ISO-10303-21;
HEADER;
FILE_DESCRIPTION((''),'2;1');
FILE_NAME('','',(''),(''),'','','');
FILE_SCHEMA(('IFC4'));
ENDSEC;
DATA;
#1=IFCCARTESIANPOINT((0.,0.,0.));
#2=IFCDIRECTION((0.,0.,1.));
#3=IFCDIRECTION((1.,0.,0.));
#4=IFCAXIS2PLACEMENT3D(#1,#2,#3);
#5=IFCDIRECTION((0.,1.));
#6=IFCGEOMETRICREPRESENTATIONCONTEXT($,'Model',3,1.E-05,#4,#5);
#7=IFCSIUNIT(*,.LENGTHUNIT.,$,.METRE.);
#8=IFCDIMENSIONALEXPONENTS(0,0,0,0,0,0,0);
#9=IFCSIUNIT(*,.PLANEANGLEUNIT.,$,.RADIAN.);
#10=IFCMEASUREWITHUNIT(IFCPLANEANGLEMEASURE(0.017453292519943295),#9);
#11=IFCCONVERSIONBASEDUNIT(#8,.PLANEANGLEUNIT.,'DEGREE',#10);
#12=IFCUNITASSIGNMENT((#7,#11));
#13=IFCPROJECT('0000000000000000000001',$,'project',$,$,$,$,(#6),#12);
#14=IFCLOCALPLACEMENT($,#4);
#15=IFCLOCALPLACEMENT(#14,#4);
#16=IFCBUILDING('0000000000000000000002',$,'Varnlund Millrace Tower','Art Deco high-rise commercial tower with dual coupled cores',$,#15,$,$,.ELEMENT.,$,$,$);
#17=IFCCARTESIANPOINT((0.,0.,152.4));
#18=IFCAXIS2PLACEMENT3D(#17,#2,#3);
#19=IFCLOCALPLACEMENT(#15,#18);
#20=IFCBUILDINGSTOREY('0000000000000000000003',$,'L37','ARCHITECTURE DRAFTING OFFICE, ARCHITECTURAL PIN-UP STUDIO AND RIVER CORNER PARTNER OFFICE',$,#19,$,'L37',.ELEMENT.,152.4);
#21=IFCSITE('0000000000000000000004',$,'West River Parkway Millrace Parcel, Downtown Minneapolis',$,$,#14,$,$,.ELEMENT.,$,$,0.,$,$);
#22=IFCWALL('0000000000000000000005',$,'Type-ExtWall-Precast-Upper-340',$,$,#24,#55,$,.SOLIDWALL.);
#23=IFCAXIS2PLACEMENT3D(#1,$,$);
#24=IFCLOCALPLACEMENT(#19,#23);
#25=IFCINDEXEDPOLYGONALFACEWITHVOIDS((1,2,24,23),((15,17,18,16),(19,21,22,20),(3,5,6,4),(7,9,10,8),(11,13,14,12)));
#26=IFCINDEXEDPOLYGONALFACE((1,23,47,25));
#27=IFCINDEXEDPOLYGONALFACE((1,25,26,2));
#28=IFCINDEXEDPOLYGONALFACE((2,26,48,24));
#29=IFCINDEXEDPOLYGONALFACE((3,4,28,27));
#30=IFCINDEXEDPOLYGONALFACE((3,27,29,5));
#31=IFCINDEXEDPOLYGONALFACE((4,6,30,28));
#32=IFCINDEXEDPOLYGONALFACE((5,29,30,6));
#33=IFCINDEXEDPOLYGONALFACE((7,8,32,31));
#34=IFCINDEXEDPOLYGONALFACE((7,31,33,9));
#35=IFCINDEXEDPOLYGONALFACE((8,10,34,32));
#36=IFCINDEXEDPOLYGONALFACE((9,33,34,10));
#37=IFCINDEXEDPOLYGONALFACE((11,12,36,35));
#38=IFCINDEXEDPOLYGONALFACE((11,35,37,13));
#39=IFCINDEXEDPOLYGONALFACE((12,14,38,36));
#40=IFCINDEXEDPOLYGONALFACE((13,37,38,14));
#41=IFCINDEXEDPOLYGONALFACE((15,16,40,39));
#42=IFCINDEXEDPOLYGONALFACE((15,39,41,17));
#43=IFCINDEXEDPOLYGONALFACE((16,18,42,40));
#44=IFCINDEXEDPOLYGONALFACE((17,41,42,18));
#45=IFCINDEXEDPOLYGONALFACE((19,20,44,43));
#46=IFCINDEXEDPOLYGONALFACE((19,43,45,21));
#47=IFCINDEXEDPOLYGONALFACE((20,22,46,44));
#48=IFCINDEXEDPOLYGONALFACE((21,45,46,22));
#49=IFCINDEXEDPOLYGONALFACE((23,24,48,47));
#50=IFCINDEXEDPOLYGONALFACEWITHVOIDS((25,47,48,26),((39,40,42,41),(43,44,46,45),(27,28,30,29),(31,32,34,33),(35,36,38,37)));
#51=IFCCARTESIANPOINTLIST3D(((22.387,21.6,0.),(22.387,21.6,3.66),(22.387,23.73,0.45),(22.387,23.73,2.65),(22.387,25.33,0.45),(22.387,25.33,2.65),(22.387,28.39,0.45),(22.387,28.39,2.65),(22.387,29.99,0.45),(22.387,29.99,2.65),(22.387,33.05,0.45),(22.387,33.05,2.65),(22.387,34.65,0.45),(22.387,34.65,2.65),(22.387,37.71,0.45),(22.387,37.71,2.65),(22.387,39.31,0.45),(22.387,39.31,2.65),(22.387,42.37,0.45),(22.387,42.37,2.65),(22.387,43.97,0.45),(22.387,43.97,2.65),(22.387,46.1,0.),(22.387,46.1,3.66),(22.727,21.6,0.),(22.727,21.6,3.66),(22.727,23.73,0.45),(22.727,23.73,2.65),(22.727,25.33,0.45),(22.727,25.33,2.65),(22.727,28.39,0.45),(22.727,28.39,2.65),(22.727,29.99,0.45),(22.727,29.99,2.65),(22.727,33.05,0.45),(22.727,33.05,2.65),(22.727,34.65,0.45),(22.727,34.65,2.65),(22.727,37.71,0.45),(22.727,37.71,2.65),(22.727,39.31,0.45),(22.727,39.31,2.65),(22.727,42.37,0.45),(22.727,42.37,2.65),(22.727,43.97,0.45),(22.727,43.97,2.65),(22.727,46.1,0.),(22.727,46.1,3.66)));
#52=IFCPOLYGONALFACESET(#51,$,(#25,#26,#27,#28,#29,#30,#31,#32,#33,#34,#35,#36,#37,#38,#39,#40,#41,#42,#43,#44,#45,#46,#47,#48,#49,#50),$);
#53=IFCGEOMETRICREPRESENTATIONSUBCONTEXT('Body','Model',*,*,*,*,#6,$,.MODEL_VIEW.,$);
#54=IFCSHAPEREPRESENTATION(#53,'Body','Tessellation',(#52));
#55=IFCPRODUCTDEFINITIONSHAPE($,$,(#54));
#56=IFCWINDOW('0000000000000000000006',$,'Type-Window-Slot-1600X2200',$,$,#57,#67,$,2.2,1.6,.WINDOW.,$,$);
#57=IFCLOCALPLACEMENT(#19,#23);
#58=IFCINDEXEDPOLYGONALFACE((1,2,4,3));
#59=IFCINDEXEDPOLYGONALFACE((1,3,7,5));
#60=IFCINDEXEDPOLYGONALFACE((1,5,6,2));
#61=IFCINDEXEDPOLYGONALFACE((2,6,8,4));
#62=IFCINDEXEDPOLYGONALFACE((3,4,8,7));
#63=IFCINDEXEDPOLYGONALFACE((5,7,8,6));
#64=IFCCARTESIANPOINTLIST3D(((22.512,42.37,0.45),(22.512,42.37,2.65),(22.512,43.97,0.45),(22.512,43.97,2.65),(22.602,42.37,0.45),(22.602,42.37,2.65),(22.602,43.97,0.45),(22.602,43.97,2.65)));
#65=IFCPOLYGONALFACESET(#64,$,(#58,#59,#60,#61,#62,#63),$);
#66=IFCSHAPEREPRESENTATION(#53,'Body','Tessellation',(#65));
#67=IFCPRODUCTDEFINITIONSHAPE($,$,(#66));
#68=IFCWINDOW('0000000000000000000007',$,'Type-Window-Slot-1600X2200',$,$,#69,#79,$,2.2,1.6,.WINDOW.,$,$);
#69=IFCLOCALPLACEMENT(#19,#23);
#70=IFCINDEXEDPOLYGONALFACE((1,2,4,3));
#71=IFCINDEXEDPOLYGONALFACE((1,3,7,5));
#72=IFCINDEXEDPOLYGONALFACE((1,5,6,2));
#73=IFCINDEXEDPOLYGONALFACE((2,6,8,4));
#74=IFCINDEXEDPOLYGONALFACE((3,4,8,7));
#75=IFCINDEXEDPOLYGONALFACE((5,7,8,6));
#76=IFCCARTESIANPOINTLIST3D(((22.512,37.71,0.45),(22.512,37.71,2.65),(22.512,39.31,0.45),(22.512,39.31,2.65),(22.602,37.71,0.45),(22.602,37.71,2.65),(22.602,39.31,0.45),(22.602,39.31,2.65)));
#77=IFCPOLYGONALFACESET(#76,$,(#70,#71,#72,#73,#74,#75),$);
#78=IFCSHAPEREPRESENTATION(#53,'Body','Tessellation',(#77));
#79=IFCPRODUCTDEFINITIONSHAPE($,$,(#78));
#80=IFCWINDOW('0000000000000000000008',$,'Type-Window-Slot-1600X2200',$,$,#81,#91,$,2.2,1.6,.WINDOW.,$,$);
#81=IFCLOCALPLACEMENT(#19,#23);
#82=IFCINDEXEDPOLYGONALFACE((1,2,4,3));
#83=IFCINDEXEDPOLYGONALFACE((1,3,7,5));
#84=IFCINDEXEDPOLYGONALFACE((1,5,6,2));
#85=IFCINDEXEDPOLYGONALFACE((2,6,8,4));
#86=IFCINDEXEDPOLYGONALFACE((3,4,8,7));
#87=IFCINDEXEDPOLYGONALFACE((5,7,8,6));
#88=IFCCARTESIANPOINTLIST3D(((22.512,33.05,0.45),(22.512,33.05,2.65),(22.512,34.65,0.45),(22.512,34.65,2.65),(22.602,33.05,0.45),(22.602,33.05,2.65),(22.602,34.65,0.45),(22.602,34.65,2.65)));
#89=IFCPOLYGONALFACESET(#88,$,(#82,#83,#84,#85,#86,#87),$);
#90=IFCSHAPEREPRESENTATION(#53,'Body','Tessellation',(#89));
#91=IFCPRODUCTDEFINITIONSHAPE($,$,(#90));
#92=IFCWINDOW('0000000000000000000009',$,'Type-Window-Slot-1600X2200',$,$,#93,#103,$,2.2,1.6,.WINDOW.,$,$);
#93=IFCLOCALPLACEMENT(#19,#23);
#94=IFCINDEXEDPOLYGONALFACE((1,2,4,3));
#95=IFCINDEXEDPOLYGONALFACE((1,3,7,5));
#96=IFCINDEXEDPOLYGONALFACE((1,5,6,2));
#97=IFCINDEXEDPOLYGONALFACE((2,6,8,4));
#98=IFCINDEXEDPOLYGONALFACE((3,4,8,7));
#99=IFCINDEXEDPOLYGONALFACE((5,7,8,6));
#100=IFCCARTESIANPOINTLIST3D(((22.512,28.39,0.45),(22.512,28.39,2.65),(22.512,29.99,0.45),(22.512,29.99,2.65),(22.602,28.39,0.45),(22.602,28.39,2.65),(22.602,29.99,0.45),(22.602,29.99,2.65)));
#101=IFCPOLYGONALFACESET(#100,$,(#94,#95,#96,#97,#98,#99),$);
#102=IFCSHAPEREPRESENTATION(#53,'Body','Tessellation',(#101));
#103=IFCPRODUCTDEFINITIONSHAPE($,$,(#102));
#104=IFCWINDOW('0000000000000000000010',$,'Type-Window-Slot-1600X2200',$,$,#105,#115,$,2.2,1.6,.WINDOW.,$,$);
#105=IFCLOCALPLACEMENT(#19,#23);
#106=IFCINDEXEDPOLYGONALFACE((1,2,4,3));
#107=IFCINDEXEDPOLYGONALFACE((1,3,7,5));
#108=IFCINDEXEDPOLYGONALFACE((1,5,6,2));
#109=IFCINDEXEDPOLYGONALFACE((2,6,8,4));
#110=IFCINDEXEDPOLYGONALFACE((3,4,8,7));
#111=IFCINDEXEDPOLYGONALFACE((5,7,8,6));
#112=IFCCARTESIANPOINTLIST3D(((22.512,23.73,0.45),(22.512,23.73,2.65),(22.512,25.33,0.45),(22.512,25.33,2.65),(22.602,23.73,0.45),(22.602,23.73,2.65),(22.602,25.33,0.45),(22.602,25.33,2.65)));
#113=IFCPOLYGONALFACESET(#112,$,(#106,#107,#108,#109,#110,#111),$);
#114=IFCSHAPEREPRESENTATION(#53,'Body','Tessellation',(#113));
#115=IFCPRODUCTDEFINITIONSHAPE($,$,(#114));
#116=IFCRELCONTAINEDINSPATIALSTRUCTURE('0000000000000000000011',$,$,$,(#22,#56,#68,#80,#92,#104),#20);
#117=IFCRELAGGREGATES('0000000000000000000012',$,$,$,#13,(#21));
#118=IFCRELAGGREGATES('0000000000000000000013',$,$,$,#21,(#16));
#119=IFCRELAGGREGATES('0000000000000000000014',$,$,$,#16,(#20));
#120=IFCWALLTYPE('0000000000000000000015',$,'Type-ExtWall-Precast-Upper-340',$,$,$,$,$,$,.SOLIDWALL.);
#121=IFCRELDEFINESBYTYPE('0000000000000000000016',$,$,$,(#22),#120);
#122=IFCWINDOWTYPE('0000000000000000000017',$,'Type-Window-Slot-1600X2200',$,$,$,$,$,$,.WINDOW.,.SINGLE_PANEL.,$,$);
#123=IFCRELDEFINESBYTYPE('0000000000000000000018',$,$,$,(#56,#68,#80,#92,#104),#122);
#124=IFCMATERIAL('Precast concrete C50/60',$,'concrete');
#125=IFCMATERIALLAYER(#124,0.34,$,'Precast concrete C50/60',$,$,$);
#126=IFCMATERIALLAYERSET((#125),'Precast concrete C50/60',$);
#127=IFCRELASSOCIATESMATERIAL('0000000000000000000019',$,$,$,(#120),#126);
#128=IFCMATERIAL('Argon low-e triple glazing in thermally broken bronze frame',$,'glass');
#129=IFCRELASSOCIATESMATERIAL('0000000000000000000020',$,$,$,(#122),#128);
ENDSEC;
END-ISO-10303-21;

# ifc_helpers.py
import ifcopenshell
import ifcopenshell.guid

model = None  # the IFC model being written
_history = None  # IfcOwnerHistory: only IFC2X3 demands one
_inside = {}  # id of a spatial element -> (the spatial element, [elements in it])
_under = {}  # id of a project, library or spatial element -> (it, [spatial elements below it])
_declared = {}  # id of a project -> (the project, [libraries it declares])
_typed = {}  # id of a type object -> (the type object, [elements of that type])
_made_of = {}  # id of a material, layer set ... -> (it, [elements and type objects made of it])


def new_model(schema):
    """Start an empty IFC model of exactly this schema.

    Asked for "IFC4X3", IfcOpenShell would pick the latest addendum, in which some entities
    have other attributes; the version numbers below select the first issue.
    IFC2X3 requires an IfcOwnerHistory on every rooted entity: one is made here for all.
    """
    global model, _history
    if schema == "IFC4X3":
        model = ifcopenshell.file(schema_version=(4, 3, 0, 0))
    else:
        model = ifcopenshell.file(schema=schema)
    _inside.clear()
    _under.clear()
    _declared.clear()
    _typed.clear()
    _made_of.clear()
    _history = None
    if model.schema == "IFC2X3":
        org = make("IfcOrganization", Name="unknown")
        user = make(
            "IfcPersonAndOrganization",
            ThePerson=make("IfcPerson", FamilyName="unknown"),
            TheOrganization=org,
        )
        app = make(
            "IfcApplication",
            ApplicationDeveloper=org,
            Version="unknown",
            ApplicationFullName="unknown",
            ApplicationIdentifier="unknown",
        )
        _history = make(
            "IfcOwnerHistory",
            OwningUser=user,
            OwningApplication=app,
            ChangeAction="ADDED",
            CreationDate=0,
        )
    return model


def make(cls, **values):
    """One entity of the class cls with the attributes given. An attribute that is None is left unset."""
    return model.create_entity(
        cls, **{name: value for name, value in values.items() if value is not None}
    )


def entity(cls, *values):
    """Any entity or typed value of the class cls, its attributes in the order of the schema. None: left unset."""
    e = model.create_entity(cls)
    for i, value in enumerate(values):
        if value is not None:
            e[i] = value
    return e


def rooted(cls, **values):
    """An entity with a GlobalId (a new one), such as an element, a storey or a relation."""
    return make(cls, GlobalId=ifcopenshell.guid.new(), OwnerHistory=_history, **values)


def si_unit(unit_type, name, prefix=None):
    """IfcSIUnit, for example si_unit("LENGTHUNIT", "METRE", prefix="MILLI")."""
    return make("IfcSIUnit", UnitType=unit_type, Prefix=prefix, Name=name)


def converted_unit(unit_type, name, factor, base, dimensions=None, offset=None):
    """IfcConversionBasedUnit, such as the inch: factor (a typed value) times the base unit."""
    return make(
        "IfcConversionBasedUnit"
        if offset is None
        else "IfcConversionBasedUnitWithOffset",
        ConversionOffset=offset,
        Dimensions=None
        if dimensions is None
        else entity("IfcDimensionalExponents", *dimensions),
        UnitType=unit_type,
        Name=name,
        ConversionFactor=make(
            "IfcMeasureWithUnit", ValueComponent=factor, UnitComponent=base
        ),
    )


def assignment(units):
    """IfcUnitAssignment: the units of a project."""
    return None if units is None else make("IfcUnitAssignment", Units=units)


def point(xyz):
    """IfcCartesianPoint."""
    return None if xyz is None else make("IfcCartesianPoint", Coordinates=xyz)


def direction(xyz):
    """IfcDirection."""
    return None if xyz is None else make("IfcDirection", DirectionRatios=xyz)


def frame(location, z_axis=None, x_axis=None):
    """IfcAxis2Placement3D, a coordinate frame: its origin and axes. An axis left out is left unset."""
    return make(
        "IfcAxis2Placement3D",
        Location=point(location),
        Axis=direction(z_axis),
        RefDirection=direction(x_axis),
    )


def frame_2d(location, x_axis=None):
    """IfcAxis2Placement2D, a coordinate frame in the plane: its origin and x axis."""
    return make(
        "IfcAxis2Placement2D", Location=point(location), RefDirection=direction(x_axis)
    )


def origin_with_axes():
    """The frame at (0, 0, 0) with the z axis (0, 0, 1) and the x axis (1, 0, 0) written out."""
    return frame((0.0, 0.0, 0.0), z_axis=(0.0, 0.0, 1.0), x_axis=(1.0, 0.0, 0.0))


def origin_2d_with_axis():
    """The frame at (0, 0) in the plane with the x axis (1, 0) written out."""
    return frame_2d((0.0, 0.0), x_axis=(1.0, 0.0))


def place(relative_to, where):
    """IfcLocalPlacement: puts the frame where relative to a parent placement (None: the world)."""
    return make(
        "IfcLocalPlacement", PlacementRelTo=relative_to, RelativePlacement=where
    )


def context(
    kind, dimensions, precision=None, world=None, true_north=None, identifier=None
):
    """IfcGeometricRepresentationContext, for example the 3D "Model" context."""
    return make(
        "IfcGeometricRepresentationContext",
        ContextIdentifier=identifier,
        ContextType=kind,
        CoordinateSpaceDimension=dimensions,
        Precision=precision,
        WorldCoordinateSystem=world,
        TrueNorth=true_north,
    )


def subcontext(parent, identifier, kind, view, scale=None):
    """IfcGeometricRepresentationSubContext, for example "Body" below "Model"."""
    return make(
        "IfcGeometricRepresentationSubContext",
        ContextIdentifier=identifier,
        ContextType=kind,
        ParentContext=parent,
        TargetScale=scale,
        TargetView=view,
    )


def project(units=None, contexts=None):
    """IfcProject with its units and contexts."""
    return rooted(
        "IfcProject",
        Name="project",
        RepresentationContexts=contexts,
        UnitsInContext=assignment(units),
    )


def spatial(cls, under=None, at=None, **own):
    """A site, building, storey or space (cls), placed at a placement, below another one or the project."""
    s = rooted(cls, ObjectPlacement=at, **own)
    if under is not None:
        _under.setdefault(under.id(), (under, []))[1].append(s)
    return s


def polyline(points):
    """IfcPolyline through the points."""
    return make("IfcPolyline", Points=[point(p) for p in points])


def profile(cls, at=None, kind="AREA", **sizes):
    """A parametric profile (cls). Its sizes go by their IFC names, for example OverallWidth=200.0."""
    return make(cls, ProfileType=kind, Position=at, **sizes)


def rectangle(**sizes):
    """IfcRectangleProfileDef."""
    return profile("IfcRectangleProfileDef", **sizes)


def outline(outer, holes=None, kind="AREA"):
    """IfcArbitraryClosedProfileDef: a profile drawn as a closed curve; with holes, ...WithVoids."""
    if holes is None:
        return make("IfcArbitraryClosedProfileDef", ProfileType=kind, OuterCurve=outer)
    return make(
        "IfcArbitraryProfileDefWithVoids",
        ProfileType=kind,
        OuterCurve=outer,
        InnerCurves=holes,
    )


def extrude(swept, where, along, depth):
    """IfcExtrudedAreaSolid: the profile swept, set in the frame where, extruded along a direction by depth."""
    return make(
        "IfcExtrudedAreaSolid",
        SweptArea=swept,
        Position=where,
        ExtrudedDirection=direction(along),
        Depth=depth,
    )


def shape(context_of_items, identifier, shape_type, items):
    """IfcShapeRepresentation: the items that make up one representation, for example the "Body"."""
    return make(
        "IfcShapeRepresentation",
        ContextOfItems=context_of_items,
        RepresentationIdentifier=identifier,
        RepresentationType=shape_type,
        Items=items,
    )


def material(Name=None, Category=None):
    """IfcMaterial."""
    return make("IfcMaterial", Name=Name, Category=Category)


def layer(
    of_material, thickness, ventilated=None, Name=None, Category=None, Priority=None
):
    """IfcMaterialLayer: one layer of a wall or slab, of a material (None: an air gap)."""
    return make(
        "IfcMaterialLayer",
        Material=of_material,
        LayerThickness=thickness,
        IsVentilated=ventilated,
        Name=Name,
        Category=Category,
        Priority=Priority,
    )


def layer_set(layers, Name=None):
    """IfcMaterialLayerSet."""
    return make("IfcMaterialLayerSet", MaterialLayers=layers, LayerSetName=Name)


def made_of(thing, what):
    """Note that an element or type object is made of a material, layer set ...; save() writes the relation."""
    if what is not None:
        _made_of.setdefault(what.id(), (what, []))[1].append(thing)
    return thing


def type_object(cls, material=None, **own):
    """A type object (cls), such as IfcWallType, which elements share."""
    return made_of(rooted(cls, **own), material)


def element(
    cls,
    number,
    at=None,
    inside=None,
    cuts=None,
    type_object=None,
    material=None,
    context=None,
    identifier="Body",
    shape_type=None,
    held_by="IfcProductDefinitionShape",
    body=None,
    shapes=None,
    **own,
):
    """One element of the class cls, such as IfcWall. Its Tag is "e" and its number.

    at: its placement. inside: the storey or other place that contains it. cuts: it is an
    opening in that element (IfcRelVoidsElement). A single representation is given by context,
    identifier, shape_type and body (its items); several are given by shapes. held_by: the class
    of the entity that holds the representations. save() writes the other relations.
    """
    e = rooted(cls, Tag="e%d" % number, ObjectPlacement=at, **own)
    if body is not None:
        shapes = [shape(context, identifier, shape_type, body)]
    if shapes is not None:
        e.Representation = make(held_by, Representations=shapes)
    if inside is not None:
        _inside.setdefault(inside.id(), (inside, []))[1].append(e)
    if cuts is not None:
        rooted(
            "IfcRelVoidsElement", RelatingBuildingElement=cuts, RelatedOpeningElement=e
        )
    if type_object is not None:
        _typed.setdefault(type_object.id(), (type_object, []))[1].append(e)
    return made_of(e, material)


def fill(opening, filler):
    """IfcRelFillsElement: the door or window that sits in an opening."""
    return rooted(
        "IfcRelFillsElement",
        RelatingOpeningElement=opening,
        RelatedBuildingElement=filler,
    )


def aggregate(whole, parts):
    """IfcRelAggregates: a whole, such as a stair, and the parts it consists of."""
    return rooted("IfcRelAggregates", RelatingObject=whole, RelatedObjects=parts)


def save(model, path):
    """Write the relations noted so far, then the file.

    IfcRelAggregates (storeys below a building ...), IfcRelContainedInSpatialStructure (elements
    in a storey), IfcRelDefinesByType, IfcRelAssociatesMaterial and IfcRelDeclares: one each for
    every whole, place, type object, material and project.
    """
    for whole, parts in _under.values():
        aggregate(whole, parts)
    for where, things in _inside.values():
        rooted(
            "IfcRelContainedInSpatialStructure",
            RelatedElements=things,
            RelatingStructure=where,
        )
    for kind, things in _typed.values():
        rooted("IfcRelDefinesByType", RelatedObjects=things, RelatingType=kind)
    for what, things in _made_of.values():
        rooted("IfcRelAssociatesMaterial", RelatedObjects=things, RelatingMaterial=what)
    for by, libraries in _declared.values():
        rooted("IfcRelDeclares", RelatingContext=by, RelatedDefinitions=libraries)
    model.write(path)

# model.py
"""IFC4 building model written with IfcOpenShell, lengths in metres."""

from ifc_helpers import new_model, entity, si_unit, converted_unit, direction, frame, origin_with_axes, origin_2d_with_axis, place, context, subcontext, project, spatial, polyline, rectangle, outline, extrude, material, layer, layer_set, type_object, element, fill, save


model = new_model("IFC4")

# Units and contexts
model_context = context("Model", 3, precision=1e-05, world=origin_with_axes(), true_north=direction((0.0, 1.0)))
body_context = subcontext(model_context, "Body", "Model", "MODEL_VIEW")
ifc_project = project(units=[si_unit("LENGTHUNIT", "METRE"), converted_unit("PLANEANGLEUNIT", "DEGREE", entity("IfcPlaneAngleMeasure", 0.017453292519943295), si_unit("PLANEANGLEUNIT", "RADIAN"), dimensions=[0, 0, 0, 0, 0, 0, 0])], contexts=[model_context])

# Site, building, storey
site_placement = place(None, origin_with_axes())
site = spatial("IfcSite", under=ifc_project, at=site_placement, Name="West River Parkway Millrace Parcel, Downtown Minneapolis", CompositionType="ELEMENT", RefElevation=0.0)
building_placement = place(site_placement, origin_with_axes())
building = spatial("IfcBuilding", under=site, at=building_placement, Name="Varnlund Millrace Tower", Description="Art Deco high-rise commercial tower with dual coupled cores", CompositionType="ELEMENT")
storey_placement = place(building_placement, frame((0.0, 0.0, 152.4), z_axis=(0.0, 0.0, 1.0), x_axis=(1.0, 0.0, 0.0)))
storey = spatial("IfcBuildingStorey", under=building, at=storey_placement, Name="L37", Description="ARCHITECTURE DRAFTING OFFICE, ARCHITECTURAL PIN-UP STUDIO AND RIVER CORNER PARTNER OFFICE", LongName="L37", CompositionType="ELEMENT", Elevation=152.4)

# Shared definitions
ifc_material_1 = material(Name="Precast concrete C50/60", Category="concrete")
ifc_layer_1 = layer(ifc_material_1, 0.34, Name="Precast concrete C50/60")
ifc_layer_set_1 = layer_set([ifc_layer_1], Name="Precast concrete C50/60")
wall_type_1 = type_object("IfcWallType", Name="Type-ExtWall-Precast-Upper-340", PredefinedType="SOLIDWALL", material=ifc_layer_set_1)
ifc_material_2 = material(Name="Argon low-e triple glazing in thermally broken bronze frame", Category="glass")

# Wall, openings, windows
wall_1_placement = place(storey_placement, frame((22.557, 46.1, 0.0), z_axis=(0.0, 0.0, 1.0), x_axis=(0.0, -1.0, 0.0)))
wall_1 = element("IfcWall", 1, at=wall_1_placement, inside=storey, type_object=wall_type_1, Name="Type-ExtWall-Precast-Upper-340", PredefinedType="SOLIDWALL", context=body_context, shape_type="SweptSolid", body=[
    extrude(outline(polyline([(0.0, -0.17), (24.5, -0.17), (24.5, 0.17), (0.0, 0.17), (0.0, -0.17)])), origin_with_axes(), (0.0, 0.0, 1.0), 3.66),
])
opening_1_placement = place(wall_1_placement, frame((2.93, 0.0, 0.45), z_axis=(0.0, 0.0, 1.0), x_axis=(1.0, 0.0, 0.0)))
opening_1 = element("IfcOpeningElement", 2, at=opening_1_placement, cuts=wall_1, PredefinedType="OPENING", context=body_context, shape_type="SweptSolid", body=[
    extrude(rectangle(XDim=1.6, YDim=0.36, at=origin_2d_with_axis()), origin_with_axes(), (0.0, 0.0, 1.0), 2.2),
])
opening_2_placement = place(wall_1_placement, frame((7.59, 0.0, 0.45), z_axis=(0.0, 0.0, 1.0), x_axis=(1.0, 0.0, 0.0)))
opening_2 = element("IfcOpeningElement", 3, at=opening_2_placement, cuts=wall_1, PredefinedType="OPENING", context=body_context, shape_type="SweptSolid", body=[
    extrude(rectangle(XDim=1.6, YDim=0.36, at=origin_2d_with_axis()), origin_with_axes(), (0.0, 0.0, 1.0), 2.2),
])
opening_3_placement = place(wall_1_placement, frame((12.25, 0.0, 0.45), z_axis=(0.0, 0.0, 1.0), x_axis=(1.0, 0.0, 0.0)))
opening_3 = element("IfcOpeningElement", 4, at=opening_3_placement, cuts=wall_1, PredefinedType="OPENING", context=body_context, shape_type="SweptSolid", body=[
    extrude(rectangle(XDim=1.6, YDim=0.36, at=origin_2d_with_axis()), origin_with_axes(), (0.0, 0.0, 1.0), 2.2),
])
opening_4_placement = place(wall_1_placement, frame((16.91, 0.0, 0.45), z_axis=(0.0, 0.0, 1.0), x_axis=(1.0, 0.0, 0.0)))
opening_4 = element("IfcOpeningElement", 5, at=opening_4_placement, cuts=wall_1, PredefinedType="OPENING", context=body_context, shape_type="SweptSolid", body=[
    extrude(rectangle(XDim=1.6, YDim=0.36, at=origin_2d_with_axis()), origin_with_axes(), (0.0, 0.0, 1.0), 2.2),
])
opening_5_placement = place(wall_1_placement, frame((21.57, 0.0, 0.45), z_axis=(0.0, 0.0, 1.0), x_axis=(1.0, 0.0, 0.0)))
opening_5 = element("IfcOpeningElement", 6, at=opening_5_placement, cuts=wall_1, PredefinedType="OPENING", context=body_context, shape_type="SweptSolid", body=[
    extrude(rectangle(XDim=1.6, YDim=0.36, at=origin_2d_with_axis()), origin_with_axes(), (0.0, 0.0, 1.0), 2.2),
])
window_type_1 = type_object("IfcWindowType", Name="Type-Window-Slot-1600X2200", PartitioningType="SINGLE_PANEL", PredefinedType="WINDOW", material=ifc_material_2)
window_1_placement = place(wall_1_placement, frame((2.93, 0.0, 0.45), z_axis=(0.0, 0.0, 1.0), x_axis=(1.0, 0.0, 0.0)))
window_1 = element("IfcWindow", 7, at=window_1_placement, inside=storey, type_object=window_type_1, Name="Type-Window-Slot-1600X2200", OverallHeight=2.2, OverallWidth=1.6, PredefinedType="WINDOW", context=body_context, shape_type="SweptSolid", body=[
    extrude(rectangle(XDim=1.6, YDim=0.09, at=origin_2d_with_axis()), origin_with_axes(), (0.0, 0.0, 1.0), 2.2),
])
fill(opening_1, window_1)
window_2_placement = place(wall_1_placement, frame((7.59, 0.0, 0.45), z_axis=(0.0, 0.0, 1.0), x_axis=(1.0, 0.0, 0.0)))
window_2 = element("IfcWindow", 8, at=window_2_placement, inside=storey, type_object=window_type_1, Name="Type-Window-Slot-1600X2200", OverallHeight=2.2, OverallWidth=1.6, PredefinedType="WINDOW", context=body_context, shape_type="SweptSolid", body=[
    extrude(rectangle(XDim=1.6, YDim=0.09, at=origin_2d_with_axis()), origin_with_axes(), (0.0, 0.0, 1.0), 2.2),
])
fill(opening_2, window_2)
window_3_placement = place(wall_1_placement, frame((12.25, 0.0, 0.45), z_axis=(0.0, 0.0, 1.0), x_axis=(1.0, 0.0, 0.0)))
window_3 = element("IfcWindow", 9, at=window_3_placement, inside=storey, type_object=window_type_1, Name="Type-Window-Slot-1600X2200", OverallHeight=2.2, OverallWidth=1.6, PredefinedType="WINDOW", context=body_context, shape_type="SweptSolid", body=[
    extrude(rectangle(XDim=1.6, YDim=0.09, at=origin_2d_with_axis()), origin_with_axes(), (0.0, 0.0, 1.0), 2.2),
])
fill(opening_3, window_3)
window_4_placement = place(wall_1_placement, frame((16.91, 0.0, 0.45), z_axis=(0.0, 0.0, 1.0), x_axis=(1.0, 0.0, 0.0)))
window_4 = element("IfcWindow", 10, at=window_4_placement, inside=storey, type_object=window_type_1, Name="Type-Window-Slot-1600X2200", OverallHeight=2.2, OverallWidth=1.6, PredefinedType="WINDOW", context=body_context, shape_type="SweptSolid", body=[
    extrude(rectangle(XDim=1.6, YDim=0.09, at=origin_2d_with_axis()), origin_with_axes(), (0.0, 0.0, 1.0), 2.2),
])
fill(opening_4, window_4)
window_5_placement = place(wall_1_placement, frame((21.57, 0.0, 0.45), z_axis=(0.0, 0.0, 1.0), x_axis=(1.0, 0.0, 0.0)))
window_5 = element("IfcWindow", 11, at=window_5_placement, inside=storey, type_object=window_type_1, Name="Type-Window-Slot-1600X2200", OverallHeight=2.2, OverallWidth=1.6, PredefinedType="WINDOW", context=body_context, shape_type="SweptSolid", body=[
    extrude(rectangle(XDim=1.6, YDim=0.09, at=origin_2d_with_axis()), origin_with_axes(), (0.0, 0.0, 1.0), 2.2),
])
fill(opening_5, window_5)

save(model, "model.ifc")
